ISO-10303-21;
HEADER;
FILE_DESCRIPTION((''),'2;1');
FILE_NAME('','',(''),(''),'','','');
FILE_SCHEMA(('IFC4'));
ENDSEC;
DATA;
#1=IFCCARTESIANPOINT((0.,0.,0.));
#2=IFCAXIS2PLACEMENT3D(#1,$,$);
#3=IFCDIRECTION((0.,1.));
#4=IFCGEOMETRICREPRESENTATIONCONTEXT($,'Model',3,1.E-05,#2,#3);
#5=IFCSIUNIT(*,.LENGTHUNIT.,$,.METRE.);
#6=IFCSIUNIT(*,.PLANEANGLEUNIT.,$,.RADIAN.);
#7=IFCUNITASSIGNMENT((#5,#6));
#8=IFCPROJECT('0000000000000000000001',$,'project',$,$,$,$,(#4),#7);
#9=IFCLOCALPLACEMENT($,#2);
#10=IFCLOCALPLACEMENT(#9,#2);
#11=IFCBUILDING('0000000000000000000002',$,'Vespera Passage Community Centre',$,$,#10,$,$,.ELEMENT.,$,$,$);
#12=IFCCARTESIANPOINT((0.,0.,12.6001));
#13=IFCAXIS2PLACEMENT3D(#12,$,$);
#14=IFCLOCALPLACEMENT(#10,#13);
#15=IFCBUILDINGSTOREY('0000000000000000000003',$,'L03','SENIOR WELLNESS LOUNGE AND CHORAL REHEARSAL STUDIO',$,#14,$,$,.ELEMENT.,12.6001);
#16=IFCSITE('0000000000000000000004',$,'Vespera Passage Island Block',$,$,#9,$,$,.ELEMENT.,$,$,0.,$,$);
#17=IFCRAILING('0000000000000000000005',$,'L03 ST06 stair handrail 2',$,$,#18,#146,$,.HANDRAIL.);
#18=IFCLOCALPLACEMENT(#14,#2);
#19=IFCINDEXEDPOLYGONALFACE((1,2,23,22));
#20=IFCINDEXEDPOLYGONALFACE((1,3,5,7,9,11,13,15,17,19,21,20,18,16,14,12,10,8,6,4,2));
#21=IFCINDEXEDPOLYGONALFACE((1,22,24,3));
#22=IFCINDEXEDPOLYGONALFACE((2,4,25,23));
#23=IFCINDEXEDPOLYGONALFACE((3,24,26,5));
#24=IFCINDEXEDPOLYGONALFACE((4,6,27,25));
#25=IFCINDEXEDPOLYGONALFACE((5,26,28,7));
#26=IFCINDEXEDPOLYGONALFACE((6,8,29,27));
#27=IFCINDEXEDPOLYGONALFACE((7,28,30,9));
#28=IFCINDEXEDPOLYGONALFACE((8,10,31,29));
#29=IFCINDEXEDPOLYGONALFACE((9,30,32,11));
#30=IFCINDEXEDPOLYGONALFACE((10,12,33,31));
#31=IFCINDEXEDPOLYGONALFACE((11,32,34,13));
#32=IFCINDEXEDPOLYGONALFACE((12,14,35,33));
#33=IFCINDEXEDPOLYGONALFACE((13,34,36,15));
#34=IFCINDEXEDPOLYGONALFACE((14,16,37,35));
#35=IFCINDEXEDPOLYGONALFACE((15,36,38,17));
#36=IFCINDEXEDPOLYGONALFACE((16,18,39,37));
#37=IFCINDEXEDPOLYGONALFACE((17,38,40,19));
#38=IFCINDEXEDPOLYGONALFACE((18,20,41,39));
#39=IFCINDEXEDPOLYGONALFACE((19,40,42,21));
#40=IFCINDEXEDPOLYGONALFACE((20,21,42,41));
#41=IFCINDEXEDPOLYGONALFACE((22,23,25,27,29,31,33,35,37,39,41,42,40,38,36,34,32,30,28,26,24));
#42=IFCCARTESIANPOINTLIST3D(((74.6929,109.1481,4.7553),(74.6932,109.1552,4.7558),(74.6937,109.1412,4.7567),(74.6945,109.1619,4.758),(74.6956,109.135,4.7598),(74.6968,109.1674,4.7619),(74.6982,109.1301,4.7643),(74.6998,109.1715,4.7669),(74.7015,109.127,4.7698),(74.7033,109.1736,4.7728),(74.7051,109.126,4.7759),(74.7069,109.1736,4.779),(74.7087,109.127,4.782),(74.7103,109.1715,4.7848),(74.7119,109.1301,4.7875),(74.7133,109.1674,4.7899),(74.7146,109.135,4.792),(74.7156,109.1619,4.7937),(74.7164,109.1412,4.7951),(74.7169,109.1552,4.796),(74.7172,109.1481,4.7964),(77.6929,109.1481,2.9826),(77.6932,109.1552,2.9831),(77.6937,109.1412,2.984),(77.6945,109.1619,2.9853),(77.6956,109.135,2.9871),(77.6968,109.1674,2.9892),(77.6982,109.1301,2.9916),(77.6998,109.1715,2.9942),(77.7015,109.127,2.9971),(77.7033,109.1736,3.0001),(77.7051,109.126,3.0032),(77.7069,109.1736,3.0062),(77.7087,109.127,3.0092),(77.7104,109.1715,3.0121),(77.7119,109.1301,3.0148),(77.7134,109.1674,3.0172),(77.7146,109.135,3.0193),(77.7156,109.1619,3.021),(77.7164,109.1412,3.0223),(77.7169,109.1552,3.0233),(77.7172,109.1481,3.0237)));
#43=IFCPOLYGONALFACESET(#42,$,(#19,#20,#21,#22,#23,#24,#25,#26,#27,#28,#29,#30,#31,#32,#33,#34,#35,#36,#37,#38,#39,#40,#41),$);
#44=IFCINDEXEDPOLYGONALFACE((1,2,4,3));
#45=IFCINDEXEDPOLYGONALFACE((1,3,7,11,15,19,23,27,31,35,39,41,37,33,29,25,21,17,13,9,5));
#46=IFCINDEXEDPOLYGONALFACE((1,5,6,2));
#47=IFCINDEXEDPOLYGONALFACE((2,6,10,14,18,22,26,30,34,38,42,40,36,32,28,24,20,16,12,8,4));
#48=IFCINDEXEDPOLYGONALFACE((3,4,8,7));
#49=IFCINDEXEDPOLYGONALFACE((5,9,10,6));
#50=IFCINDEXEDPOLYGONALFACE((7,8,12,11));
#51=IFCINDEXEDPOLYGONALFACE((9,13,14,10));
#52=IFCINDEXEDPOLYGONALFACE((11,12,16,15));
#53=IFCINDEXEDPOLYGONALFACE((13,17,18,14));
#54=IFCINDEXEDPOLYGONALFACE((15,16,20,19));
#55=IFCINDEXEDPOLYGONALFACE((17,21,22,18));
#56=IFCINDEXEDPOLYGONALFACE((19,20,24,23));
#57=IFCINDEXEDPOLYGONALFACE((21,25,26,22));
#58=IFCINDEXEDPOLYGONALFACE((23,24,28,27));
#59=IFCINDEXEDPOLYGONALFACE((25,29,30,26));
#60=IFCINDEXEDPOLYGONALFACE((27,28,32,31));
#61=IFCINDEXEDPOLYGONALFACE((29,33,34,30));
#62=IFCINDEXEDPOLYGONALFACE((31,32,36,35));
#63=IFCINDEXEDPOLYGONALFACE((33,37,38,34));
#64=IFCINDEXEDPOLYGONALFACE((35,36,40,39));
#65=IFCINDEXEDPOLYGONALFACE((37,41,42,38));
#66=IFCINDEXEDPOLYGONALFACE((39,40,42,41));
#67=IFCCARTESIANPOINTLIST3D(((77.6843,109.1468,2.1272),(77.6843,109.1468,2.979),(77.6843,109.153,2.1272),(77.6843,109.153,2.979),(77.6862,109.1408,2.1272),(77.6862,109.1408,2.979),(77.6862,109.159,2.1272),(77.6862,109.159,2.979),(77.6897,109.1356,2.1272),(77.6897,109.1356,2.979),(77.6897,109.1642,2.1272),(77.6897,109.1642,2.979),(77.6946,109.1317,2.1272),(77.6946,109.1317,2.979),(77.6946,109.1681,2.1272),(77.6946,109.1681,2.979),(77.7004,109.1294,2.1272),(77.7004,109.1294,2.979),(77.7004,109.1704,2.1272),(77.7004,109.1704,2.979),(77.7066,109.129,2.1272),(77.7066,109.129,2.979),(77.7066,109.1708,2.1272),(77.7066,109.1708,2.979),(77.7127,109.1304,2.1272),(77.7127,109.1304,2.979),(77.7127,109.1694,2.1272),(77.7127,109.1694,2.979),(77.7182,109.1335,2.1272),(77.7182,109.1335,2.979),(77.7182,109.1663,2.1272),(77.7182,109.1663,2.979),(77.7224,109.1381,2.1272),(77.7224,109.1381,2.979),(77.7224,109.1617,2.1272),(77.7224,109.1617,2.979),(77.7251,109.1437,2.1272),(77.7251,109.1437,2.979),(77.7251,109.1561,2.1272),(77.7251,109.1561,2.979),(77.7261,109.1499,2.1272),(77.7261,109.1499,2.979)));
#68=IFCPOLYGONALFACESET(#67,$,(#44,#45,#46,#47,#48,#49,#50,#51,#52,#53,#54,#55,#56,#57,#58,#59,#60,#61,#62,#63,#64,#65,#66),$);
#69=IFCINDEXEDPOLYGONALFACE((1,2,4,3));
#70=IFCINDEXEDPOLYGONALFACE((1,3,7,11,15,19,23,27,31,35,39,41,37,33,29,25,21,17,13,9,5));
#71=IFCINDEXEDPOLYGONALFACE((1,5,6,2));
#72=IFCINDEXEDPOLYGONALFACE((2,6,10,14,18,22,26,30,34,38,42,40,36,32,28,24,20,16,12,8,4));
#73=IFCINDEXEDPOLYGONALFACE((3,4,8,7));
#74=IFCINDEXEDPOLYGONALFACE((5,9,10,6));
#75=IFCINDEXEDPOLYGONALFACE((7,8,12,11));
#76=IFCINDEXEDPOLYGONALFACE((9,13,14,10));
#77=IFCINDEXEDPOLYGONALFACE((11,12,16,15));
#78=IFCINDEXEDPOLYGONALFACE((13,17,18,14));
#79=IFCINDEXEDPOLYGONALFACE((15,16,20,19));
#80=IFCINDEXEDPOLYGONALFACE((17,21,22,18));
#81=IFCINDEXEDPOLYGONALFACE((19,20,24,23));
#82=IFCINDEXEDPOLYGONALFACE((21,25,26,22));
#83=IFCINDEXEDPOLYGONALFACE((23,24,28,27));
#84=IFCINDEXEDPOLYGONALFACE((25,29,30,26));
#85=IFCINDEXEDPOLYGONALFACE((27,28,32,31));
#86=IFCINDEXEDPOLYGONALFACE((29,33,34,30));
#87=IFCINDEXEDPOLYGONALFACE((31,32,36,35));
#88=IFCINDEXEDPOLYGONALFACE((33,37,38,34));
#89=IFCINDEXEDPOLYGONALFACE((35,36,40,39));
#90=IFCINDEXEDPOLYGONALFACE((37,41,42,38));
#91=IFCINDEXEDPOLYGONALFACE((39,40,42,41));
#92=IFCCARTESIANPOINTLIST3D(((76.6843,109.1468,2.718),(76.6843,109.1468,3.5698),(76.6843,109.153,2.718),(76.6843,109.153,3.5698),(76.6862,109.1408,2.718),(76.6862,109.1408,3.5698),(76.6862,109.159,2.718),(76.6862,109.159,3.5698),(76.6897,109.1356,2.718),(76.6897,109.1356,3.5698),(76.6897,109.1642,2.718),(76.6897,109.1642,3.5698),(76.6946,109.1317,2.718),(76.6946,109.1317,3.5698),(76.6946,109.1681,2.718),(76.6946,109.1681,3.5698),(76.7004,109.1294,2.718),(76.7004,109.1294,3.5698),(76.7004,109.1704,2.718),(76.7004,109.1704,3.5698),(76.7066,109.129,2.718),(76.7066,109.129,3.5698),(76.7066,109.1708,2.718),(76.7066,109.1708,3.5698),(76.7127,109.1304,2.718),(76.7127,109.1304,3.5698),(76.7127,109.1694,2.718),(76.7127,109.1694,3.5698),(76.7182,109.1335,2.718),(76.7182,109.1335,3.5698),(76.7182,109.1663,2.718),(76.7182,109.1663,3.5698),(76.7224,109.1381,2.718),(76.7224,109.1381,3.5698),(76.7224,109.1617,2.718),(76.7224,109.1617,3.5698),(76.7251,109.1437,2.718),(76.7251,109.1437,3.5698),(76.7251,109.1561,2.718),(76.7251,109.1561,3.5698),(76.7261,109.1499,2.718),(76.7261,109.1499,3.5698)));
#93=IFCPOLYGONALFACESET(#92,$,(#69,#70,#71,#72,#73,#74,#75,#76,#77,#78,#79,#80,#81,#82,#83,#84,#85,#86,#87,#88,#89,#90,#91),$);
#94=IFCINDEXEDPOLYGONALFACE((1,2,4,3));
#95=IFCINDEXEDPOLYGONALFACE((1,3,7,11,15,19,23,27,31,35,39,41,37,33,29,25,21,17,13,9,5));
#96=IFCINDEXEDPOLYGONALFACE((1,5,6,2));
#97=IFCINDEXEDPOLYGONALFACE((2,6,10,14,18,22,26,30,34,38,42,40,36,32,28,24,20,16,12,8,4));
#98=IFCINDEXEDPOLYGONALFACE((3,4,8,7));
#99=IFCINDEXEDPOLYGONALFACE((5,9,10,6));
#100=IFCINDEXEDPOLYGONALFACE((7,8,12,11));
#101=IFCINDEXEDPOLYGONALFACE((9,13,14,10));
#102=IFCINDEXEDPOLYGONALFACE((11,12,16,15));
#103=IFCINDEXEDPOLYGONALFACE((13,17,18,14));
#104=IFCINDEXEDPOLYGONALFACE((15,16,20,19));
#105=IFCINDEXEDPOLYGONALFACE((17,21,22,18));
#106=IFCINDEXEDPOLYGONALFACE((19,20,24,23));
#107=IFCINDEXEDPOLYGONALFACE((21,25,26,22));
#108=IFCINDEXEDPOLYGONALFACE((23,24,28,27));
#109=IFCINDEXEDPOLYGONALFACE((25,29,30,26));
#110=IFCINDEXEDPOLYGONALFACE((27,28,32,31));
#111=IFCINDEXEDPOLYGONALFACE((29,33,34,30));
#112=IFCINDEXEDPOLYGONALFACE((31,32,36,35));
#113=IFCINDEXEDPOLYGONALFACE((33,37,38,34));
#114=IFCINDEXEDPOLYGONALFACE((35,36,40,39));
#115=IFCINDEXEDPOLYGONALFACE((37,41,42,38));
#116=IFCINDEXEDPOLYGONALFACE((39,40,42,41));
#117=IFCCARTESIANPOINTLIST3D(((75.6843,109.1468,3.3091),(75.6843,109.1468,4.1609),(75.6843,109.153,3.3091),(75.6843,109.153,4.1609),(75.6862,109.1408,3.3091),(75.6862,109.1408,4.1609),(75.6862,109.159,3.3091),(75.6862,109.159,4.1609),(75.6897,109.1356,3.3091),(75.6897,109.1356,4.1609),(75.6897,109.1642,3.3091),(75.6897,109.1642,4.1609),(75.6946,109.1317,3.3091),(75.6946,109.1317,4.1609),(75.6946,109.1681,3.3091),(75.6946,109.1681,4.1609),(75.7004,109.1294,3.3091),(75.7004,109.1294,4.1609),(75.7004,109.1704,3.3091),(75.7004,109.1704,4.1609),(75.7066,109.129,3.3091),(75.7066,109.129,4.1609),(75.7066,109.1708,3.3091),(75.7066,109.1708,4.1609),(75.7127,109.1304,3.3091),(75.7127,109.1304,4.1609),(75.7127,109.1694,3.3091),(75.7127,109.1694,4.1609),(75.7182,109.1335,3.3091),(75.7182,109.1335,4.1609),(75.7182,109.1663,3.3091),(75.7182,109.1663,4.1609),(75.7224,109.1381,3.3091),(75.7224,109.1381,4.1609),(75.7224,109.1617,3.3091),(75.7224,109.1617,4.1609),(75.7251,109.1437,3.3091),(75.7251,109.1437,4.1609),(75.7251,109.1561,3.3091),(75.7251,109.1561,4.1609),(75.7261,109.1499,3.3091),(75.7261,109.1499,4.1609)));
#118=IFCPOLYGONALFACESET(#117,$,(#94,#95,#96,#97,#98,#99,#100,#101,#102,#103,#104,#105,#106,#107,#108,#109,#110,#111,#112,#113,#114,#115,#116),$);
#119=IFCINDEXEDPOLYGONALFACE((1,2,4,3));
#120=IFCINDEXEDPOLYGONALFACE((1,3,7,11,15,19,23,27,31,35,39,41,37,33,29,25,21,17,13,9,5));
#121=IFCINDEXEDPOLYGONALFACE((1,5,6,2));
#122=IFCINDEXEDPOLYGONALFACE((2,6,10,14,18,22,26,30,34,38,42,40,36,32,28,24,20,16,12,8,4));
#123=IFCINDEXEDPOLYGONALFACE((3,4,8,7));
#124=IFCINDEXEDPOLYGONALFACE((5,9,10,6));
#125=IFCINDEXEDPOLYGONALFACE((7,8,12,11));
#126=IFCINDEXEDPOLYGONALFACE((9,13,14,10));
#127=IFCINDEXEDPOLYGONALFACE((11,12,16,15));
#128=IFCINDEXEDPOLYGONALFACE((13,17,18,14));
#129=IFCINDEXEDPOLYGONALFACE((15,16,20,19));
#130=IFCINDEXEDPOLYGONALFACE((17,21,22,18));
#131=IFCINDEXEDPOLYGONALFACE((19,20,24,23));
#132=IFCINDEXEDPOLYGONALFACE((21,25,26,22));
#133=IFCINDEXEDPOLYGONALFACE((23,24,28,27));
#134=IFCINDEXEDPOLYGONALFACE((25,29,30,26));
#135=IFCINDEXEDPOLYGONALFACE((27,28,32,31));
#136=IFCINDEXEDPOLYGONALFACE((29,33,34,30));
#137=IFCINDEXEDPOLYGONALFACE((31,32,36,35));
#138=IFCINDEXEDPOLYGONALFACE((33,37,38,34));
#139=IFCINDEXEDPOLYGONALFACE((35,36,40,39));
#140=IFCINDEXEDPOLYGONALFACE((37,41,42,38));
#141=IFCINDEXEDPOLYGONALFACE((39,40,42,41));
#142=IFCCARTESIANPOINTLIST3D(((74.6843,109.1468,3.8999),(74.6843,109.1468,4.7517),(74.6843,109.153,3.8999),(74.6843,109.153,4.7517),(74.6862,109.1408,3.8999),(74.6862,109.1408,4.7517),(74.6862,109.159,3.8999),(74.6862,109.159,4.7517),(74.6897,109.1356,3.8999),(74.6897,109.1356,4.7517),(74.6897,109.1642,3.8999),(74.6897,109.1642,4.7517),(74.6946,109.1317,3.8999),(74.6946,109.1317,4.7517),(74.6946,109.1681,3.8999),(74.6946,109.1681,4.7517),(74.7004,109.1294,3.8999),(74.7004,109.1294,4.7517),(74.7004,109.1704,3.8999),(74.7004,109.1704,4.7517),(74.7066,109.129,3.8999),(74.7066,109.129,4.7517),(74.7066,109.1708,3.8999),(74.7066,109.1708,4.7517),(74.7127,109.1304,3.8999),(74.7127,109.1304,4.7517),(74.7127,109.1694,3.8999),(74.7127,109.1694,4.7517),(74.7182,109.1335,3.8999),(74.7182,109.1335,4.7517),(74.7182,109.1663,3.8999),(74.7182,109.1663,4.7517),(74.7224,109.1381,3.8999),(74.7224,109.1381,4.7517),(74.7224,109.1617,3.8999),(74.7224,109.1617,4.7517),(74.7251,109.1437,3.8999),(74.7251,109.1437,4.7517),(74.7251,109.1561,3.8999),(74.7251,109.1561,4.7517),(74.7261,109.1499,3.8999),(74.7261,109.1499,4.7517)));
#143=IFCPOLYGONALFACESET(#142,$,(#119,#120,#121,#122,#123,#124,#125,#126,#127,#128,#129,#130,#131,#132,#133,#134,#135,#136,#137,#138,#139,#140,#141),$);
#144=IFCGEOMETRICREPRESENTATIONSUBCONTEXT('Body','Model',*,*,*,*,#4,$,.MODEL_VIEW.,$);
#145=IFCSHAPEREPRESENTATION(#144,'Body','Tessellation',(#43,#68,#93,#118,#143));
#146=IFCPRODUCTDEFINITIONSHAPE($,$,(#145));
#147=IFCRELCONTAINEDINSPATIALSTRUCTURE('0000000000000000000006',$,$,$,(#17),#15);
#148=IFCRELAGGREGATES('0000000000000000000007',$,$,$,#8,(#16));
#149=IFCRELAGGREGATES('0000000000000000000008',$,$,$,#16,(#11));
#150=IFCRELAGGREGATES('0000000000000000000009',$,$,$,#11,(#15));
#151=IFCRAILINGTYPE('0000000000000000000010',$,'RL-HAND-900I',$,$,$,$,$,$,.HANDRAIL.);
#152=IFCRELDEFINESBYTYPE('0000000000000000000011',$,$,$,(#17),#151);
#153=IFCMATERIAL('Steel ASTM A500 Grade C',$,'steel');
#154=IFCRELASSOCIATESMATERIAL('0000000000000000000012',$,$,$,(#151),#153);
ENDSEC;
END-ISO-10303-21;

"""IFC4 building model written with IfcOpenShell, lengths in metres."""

from ifc_helpers import new_model, si_unit, direction, frame, origin, origin_2d, place, context, subcontext, project, spatial, circle, extrude, material, type_object, element, save


model = new_model("IFC4")

# Units and contexts
model_context = context("Model", 3, precision=1e-05, world=origin(), true_north=direction((0.0, 1.0)))
body_context = subcontext(model_context, "Body", "Model", "MODEL_VIEW")
ifc_project = project(units=[si_unit("LENGTHUNIT", "METRE"), si_unit("PLANEANGLEUNIT", "RADIAN")], contexts=[model_context])

# Site, building, storey
site_placement = place(None, origin())
site = spatial("IfcSite", under=ifc_project, at=site_placement, Name="Vespera Passage Island Block", CompositionType="ELEMENT", RefElevation=0.0)
building_placement = place(site_placement, origin())
building = spatial("IfcBuilding", under=site, at=building_placement, Name="Vespera Passage Community Centre", CompositionType="ELEMENT")
storey_placement = place(building_placement, frame((0.0, 0.0, 12.6001)))
storey = spatial("IfcBuildingStorey", under=building, at=storey_placement, Name="L03", Description="SENIOR WELLNESS LOUNGE AND CHORAL REHEARSAL STUDIO", CompositionType="ELEMENT", Elevation=12.6001)

# Railing
ifc_material_1 = material(Name="Steel ASTM A500 Grade C", Category="steel")
railing_type_1 = type_object("IfcRailingType", Name="RL-HAND-900I", PredefinedType="HANDRAIL", material=ifc_material_1)
railing_1_placement = place(storey_placement, frame((77.7051, 109.1499, 2.1272)))
element("IfcRailing", 1, at=railing_1_placement, inside=storey, type_object=railing_type_1, Name="L03 ST06 stair handrail 2", PredefinedType="HANDRAIL", context=body_context, shape_type="SweptSolid", body=[
    extrude(circle(Radius=0.0239, at=origin_2d()), frame((0.0, 0.0, 0.876), z_axis=(-0.860929, 0.0, 0.508725), x_axis=(0.0, -1.0, 0.0)), (0.0, 0.0, 1.0), 3.4846),
    extrude(circle(Radius=0.021, at=origin_2d()), origin(), (0.0, 0.0, 1.0), 0.8518),
    extrude(circle(Radius=0.021, at=origin_2d()), frame((-1.0, 0.0, 0.5908)), (0.0, 0.0, 1.0), 0.8518),
    extrude(circle(Radius=0.021, at=origin_2d()), frame((-2.0, 0.0, 1.1819)), (0.0, 0.0, 1.0), 0.8518),
    extrude(circle(Radius=0.021, at=origin_2d()), frame((-3.0, 0.0, 1.7727)), (0.0, 0.0, 1.0), 0.8518),
])

save(model, "model.ifc")
